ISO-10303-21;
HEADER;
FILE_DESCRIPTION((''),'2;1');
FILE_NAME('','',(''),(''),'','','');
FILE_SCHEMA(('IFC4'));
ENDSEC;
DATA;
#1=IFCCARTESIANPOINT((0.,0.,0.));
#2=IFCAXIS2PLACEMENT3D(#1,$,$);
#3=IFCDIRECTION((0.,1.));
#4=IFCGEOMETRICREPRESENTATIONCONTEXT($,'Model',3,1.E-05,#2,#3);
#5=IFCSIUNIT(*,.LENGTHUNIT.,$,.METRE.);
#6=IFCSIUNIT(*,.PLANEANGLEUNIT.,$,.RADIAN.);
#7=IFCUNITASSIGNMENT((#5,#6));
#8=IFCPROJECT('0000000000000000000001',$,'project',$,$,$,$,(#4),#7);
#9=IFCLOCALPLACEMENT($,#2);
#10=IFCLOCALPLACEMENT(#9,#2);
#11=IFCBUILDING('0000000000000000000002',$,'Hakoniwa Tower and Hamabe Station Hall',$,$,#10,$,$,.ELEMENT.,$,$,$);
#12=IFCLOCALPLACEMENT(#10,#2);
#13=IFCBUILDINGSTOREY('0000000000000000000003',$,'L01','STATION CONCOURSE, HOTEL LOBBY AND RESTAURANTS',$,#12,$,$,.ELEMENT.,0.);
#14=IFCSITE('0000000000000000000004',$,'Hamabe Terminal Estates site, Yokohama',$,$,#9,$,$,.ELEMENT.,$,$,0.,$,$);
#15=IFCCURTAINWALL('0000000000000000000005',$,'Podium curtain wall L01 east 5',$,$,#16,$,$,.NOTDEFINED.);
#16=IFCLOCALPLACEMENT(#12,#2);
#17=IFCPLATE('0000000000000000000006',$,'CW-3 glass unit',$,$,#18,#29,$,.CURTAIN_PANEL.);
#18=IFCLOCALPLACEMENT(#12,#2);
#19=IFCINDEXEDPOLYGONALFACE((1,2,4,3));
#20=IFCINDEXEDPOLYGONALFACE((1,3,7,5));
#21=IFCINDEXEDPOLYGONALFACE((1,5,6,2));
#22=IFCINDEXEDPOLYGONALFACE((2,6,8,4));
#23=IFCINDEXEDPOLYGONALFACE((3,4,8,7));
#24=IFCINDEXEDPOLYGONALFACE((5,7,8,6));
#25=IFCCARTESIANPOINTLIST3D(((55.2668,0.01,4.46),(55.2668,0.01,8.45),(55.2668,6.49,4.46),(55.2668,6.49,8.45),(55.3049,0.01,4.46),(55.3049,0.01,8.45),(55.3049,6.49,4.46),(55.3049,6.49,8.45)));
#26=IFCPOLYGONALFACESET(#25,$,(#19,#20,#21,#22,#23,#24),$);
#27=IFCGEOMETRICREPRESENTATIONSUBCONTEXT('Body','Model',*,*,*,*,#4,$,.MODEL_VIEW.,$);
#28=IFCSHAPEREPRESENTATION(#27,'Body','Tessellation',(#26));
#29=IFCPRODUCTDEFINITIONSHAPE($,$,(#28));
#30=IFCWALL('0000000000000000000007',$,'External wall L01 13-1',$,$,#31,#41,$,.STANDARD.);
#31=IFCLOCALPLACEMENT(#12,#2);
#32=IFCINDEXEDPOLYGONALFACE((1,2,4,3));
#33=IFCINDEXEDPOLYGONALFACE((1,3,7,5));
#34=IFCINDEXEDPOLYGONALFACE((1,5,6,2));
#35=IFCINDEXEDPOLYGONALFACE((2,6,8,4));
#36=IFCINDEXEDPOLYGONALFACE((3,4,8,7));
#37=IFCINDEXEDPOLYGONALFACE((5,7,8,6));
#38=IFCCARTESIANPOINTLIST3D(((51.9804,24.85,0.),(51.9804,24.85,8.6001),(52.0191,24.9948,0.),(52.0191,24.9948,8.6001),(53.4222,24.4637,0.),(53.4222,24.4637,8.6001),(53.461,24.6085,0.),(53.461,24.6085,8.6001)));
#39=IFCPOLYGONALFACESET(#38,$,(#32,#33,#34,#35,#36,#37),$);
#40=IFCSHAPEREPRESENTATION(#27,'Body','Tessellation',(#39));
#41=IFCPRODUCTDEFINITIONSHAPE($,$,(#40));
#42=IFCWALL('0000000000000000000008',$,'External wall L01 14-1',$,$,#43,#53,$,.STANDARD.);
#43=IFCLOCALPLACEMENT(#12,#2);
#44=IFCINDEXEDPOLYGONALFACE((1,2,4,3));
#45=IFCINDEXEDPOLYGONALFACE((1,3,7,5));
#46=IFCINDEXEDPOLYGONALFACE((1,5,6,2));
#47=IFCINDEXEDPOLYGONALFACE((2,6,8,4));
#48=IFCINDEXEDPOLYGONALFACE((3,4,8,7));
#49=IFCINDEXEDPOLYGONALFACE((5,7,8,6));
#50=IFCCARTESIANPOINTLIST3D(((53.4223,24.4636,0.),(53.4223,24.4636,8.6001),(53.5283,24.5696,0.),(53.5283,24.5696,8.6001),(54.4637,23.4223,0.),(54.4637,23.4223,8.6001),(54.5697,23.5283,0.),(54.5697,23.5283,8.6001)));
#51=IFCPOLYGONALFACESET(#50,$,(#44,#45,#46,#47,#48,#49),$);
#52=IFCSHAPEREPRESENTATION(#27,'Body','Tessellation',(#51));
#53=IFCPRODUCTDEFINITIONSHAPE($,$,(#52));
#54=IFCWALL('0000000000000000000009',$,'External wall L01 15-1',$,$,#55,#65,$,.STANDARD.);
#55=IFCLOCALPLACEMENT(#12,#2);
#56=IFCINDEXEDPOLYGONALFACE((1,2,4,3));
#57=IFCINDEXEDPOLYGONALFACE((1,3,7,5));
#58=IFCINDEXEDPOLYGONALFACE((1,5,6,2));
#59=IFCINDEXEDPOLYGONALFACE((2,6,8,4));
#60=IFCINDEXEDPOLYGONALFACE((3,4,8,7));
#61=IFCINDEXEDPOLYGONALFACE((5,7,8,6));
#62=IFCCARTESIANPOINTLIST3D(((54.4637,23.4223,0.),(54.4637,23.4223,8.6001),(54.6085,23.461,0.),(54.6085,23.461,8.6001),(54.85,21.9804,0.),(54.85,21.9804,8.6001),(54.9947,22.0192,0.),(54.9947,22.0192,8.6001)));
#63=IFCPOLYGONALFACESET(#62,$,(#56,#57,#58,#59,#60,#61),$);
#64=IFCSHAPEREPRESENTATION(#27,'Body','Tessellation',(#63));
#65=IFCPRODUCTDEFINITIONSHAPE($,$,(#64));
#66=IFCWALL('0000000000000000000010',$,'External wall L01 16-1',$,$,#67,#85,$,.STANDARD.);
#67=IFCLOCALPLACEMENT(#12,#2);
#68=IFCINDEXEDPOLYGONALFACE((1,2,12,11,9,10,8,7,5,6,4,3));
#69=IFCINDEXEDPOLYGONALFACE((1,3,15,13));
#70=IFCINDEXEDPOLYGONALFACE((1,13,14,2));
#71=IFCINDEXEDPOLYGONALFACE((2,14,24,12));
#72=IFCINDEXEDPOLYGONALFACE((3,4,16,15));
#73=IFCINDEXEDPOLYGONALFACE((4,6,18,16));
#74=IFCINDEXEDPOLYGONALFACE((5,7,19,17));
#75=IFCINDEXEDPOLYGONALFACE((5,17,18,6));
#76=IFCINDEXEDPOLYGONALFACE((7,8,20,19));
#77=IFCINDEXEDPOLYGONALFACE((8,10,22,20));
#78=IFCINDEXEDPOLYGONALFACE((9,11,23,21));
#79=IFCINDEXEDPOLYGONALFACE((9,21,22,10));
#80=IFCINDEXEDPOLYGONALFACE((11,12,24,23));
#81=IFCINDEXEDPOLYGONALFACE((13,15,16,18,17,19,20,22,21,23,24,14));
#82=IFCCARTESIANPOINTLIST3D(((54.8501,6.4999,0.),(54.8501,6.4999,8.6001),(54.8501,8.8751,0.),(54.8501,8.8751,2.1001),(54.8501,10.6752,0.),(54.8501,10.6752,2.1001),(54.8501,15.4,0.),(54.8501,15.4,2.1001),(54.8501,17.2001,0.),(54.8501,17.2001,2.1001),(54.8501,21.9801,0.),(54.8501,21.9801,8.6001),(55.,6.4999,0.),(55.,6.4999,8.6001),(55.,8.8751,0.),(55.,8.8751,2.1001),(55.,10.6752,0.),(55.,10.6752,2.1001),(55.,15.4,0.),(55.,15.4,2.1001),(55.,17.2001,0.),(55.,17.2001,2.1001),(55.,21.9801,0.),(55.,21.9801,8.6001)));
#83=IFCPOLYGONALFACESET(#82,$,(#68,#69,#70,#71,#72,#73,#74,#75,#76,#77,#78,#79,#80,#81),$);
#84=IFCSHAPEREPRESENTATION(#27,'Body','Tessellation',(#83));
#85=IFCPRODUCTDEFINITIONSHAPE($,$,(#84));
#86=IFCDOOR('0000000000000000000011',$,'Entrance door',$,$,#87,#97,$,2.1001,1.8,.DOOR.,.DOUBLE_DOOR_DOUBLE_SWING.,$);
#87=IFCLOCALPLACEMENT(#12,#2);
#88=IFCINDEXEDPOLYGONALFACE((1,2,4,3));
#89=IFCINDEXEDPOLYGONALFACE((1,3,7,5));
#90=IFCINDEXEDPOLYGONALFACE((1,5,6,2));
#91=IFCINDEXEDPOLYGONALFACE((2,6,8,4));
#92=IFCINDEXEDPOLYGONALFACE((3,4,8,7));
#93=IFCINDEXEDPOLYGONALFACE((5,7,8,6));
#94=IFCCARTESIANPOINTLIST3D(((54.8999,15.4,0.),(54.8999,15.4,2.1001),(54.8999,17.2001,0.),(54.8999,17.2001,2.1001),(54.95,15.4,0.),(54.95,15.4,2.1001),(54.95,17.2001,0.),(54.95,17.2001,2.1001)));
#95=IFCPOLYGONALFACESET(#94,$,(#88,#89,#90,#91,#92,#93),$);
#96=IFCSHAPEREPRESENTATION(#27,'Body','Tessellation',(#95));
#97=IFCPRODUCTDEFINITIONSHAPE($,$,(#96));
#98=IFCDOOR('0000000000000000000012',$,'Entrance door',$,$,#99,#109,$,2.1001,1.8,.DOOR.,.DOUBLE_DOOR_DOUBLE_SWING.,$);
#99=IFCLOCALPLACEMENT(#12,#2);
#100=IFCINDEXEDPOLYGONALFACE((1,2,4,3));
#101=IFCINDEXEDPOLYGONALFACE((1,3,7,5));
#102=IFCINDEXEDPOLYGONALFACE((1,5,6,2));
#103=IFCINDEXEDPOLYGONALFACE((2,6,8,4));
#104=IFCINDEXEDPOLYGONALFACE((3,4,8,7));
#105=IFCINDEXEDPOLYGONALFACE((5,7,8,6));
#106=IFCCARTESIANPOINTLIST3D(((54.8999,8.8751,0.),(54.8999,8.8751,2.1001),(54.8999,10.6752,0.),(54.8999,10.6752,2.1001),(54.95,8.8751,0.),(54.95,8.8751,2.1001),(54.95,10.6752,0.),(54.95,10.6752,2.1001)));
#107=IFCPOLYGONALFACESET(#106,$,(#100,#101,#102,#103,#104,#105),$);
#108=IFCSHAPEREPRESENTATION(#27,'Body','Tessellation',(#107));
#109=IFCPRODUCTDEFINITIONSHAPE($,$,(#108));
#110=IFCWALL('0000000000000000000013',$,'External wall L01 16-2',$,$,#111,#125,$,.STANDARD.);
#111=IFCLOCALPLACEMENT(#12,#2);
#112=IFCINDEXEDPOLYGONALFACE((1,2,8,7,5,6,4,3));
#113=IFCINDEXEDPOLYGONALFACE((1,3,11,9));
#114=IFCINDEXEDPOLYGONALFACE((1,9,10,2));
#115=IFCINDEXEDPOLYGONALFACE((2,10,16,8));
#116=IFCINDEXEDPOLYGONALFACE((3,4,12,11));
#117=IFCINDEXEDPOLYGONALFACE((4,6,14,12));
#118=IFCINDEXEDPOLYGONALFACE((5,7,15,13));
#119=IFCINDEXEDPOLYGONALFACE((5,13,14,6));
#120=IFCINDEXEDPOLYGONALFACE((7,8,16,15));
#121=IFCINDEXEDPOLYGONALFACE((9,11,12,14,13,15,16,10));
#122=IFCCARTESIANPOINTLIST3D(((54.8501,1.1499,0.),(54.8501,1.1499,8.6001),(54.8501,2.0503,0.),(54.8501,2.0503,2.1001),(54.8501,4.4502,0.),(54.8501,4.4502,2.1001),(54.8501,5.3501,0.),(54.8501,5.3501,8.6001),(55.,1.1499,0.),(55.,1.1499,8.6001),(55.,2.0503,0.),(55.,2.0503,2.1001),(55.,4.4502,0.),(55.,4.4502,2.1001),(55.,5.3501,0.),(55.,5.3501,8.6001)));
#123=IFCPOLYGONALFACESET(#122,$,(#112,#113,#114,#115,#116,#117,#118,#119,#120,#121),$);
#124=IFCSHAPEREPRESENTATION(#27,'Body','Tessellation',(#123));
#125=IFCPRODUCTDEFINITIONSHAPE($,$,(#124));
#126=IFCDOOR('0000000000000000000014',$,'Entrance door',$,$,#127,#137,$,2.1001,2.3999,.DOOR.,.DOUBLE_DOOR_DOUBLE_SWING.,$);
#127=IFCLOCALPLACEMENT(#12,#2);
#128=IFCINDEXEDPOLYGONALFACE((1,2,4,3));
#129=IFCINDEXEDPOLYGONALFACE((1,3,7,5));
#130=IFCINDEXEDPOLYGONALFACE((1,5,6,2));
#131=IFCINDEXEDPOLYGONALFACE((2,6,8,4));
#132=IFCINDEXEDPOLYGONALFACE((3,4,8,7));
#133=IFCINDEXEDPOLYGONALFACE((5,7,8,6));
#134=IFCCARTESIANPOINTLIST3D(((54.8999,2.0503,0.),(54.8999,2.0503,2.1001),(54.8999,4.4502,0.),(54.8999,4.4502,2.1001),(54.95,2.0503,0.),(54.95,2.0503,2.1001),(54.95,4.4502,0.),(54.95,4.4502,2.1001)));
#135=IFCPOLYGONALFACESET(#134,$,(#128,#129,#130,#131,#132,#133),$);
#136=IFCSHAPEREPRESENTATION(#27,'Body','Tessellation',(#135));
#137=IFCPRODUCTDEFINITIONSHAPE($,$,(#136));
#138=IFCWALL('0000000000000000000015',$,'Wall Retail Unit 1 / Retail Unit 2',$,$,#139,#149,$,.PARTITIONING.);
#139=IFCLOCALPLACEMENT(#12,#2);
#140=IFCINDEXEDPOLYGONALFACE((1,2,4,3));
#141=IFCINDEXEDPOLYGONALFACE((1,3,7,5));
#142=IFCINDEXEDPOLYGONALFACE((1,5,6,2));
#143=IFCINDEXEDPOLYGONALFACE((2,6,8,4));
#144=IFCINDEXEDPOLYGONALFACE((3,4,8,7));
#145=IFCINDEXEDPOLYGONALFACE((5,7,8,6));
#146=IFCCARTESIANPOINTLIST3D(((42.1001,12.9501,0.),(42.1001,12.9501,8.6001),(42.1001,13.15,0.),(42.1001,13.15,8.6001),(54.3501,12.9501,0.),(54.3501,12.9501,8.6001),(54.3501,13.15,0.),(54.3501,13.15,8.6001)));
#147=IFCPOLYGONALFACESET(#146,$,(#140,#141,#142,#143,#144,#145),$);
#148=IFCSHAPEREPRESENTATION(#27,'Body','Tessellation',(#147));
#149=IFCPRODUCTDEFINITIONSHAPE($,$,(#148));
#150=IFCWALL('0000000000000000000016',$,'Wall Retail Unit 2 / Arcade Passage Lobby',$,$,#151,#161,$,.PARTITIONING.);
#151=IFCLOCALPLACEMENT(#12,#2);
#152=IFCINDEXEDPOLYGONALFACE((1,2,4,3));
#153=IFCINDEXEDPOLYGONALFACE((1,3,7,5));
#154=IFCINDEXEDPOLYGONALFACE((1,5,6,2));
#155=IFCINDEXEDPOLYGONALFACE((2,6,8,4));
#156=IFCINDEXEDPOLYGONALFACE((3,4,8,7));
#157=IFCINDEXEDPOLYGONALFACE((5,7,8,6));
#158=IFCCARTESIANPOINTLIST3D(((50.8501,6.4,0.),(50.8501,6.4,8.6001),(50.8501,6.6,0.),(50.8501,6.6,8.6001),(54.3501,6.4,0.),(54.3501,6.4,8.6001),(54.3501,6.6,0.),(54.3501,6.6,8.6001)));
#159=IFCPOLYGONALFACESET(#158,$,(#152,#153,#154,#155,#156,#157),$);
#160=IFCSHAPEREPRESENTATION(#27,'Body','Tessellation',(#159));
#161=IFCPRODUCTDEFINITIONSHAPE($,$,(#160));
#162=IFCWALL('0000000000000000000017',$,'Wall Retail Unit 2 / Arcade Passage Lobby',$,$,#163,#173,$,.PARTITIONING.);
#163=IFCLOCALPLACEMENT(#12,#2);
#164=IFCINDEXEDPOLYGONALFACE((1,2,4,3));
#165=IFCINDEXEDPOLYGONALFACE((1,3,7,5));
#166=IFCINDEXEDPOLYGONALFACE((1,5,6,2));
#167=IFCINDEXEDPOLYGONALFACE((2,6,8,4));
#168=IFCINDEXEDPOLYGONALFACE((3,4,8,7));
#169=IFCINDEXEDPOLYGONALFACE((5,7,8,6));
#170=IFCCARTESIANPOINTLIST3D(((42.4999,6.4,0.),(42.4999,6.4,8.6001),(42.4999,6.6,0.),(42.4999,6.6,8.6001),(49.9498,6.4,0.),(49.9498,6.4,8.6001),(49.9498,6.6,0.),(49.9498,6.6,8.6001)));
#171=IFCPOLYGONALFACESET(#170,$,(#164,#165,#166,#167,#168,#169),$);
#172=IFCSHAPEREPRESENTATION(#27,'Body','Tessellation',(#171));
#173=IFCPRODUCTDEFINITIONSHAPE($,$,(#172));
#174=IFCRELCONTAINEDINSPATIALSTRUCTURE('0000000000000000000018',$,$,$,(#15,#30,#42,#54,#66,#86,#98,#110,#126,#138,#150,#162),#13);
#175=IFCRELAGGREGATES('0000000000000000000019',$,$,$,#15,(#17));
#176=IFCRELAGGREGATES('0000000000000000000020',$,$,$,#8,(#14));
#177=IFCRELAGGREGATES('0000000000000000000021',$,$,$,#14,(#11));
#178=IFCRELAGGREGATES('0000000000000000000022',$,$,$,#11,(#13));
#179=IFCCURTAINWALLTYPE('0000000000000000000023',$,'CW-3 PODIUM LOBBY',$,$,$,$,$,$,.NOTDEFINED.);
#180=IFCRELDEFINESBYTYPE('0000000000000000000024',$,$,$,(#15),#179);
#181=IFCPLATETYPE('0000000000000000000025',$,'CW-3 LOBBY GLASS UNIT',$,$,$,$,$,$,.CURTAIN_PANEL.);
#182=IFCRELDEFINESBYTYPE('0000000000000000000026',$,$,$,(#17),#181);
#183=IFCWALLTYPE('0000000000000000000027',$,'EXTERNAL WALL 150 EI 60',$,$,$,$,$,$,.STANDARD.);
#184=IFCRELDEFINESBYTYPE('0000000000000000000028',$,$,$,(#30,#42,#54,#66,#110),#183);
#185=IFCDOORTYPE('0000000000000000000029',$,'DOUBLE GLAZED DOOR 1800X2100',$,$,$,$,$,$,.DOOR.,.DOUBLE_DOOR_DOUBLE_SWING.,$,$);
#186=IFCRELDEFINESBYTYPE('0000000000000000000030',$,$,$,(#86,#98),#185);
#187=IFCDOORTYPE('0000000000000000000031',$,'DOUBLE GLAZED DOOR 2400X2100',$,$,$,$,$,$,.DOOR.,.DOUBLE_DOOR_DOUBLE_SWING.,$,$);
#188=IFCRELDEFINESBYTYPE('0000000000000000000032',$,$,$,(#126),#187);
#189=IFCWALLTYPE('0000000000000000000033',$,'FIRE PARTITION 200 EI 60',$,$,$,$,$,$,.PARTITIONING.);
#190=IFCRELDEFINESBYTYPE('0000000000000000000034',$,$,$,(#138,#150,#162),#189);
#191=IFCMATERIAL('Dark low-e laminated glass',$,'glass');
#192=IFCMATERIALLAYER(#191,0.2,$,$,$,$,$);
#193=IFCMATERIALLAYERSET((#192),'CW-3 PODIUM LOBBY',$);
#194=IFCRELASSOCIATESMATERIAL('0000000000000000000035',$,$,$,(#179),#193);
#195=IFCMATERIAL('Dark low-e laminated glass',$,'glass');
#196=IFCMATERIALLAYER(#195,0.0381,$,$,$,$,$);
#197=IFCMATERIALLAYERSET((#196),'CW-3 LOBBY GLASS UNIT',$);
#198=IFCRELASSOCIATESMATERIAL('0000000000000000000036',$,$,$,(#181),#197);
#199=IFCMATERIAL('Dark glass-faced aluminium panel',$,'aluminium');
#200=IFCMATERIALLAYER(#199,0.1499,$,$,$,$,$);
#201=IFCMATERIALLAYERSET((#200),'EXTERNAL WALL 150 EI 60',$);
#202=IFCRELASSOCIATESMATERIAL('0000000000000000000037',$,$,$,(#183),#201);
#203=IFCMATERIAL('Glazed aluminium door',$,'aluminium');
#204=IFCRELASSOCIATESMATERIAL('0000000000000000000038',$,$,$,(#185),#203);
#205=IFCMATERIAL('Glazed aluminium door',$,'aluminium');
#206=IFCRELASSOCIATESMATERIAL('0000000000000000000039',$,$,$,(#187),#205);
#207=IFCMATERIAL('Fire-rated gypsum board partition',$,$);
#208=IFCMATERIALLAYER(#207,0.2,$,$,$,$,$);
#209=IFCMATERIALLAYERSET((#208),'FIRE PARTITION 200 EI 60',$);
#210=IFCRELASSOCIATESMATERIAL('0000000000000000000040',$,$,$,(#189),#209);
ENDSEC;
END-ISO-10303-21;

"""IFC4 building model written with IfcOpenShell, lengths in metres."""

from ifc_helpers import new_model, si_unit, direction, frame, frame_2d, origin, origin_2d, place, context, subcontext, project, spatial, rectangle, extrude, material, layer, layer_set, type_object, element, fill, aggregate, save


model = new_model("IFC4")

# Units and contexts
model_context = context("Model", 3, precision=1e-05, world=origin(), true_north=direction((0.0, 1.0)))
body_context = subcontext(model_context, "Body", "Model", "MODEL_VIEW")
ifc_project = project(units=[si_unit("LENGTHUNIT", "METRE"), si_unit("PLANEANGLEUNIT", "RADIAN")], contexts=[model_context])

# Site, building, storey
site_placement = place(None, origin())
site = spatial("IfcSite", under=ifc_project, at=site_placement, Name="Hamabe Terminal Estates site, Yokohama", CompositionType="ELEMENT", RefElevation=0.0)
building_placement = place(site_placement, origin())
building = spatial("IfcBuilding", under=site, at=building_placement, Name="Hakoniwa Tower and Hamabe Station Hall", CompositionType="ELEMENT")
storey_placement = place(building_placement, origin())
storey = spatial("IfcBuildingStorey", under=building, at=storey_placement, Name="L01", Description="STATION CONCOURSE, HOTEL LOBBY AND RESTAURANTS", CompositionType="ELEMENT", Elevation=0.0)

# Curtain wall, plate
ifc_material_1 = material(Name="Dark low-e laminated glass", Category="glass")
ifc_layer_1 = layer(ifc_material_1, 0.2)
ifc_layer_set_1 = layer_set([ifc_layer_1], Name="CW-3 PODIUM LOBBY")
curtain_wall_type = type_object("IfcCurtainWallType", Name="CW-3 PODIUM LOBBY", PredefinedType="NOTDEFINED", material=ifc_layer_set_1)
curtain_wall_placement = place(storey_placement, origin())
curtain_wall = element("IfcCurtainWall", 1, at=curtain_wall_placement, inside=storey, type_object=curtain_wall_type, Name="Podium curtain wall L01 east 5", PredefinedType="NOTDEFINED")
ifc_material_2 = material(Name="Dark low-e laminated glass", Category="glass")
ifc_layer_2 = layer(ifc_material_2, 0.0381)
ifc_layer_set_2 = layer_set([ifc_layer_2], Name="CW-3 LOBBY GLASS UNIT")
plate_type = type_object("IfcPlateType", Name="CW-3 LOBBY GLASS UNIT", PredefinedType="CURTAIN_PANEL", material=ifc_layer_set_2)
plate_1_placement = place(storey_placement, frame((55.2859, 3.25, 4.46), z_axis=(0.0, 0.0, 1.0), x_axis=(0.0, 1.0, 0.0)))
plate_1 = element("IfcPlate", 2, at=plate_1_placement, type_object=plate_type, Name="CW-3 glass unit", PredefinedType="CURTAIN_PANEL", context=body_context, shape_type="SweptSolid", body=[
    extrude(rectangle(XDim=6.48, YDim=0.0381, at=origin_2d()), origin(), (0.0, 0.0, 1.0), 3.99),
])
aggregate(curtain_wall, [plate_1])

# Walls
ifc_material_3 = material(Name="Dark glass-faced aluminium panel", Category="aluminium")
ifc_layer_3 = layer(ifc_material_3, 0.1499)
ifc_layer_set_3 = layer_set([ifc_layer_3], Name="EXTERNAL WALL 150 EI 60")
wall_type_1 = type_object("IfcWallType", Name="EXTERNAL WALL 150 EI 60", PredefinedType="STANDARD", material=ifc_layer_set_3)
wall_1_placement = place(storey_placement, frame((51.9998, 24.9224, 0.0), z_axis=(0.0, 0.0, 1.0), x_axis=(0.965947, -0.258742, 0.0)))
element("IfcWall", 3, at=wall_1_placement, inside=storey, type_object=wall_type_1, Name="External wall L01 13-1", PredefinedType="STANDARD", context=body_context, shape_type="SweptSolid", body=[
    extrude(rectangle(XDim=1.4927, YDim=0.1499, at=frame_2d((0.7463, 0.0))), origin(), (0.0, 0.0, 1.0), 8.6001),
])
wall_2_placement = place(storey_placement, frame((53.4753, 24.5166, 0.0), z_axis=(0.0, 0.0, 1.0), x_axis=(0.707107, -0.707107, 0.0)))
element("IfcWall", 4, at=wall_2_placement, inside=storey, type_object=wall_type_1, Name="External wall L01 14-1", PredefinedType="STANDARD", context=body_context, shape_type="SweptSolid", body=[
    extrude(rectangle(XDim=1.4727, YDim=0.1499, at=frame_2d((0.7363, 0.0))), origin(), (0.0, 0.0, 1.0), 8.6001),
])
wall_3_placement = place(storey_placement, frame((54.5361, 23.4417, 0.0), z_axis=(0.0, 0.0, 1.0), x_axis=(0.258742, -0.965947, 0.0)))
element("IfcWall", 5, at=wall_3_placement, inside=storey, type_object=wall_type_1, Name="External wall L01 15-1", PredefinedType="STANDARD", context=body_context, shape_type="SweptSolid", body=[
    extrude(rectangle(XDim=1.4927, YDim=0.1499, at=frame_2d((0.7463, 0.0))), origin(), (0.0, 0.0, 1.0), 8.6001),
])

# Wall, openings, doors
wall_4_placement = place(storey_placement, frame((54.925, 21.9802, 0.0), z_axis=(0.0, 0.0, 1.0), x_axis=(0.0, -1.0, 0.0)))
wall_4 = element("IfcWall", 6, at=wall_4_placement, inside=storey, type_object=wall_type_1, Name="External wall L01 16-1", PredefinedType="STANDARD", context=body_context, shape_type="SweptSolid", body=[
    extrude(rectangle(XDim=15.4802, YDim=0.1499, at=frame_2d((7.7402, 0.0))), origin(), (0.0, 0.0, 1.0), 8.6001),
])
opening_1_placement = place(wall_4_placement, frame((4.7803, 0.0, 0.0)))
opening_1 = element("IfcOpeningElement", 7, at=opening_1_placement, cuts=wall_4, PredefinedType="OPENING", context=body_context, shape_type="SweptSolid", body=[
    extrude(rectangle(XDim=1.8, YDim=2.1001, at=frame_2d((0.8999, 1.05))), frame((0.0, 0.085, 0.0), z_axis=(0.0, -1.0, 0.0), x_axis=(1.0, 0.0, 0.0)), (0.0, 0.0, 1.0), 0.1699),
])
opening_2_placement = place(wall_4_placement, frame((11.3052, 0.0, 0.0)))
opening_2 = element("IfcOpeningElement", 8, at=opening_2_placement, cuts=wall_4, PredefinedType="OPENING", context=body_context, shape_type="SweptSolid", body=[
    extrude(rectangle(XDim=1.8, YDim=2.1001, at=frame_2d((0.8999, 1.05))), frame((0.0, 0.085, 0.0), z_axis=(0.0, -1.0, 0.0), x_axis=(1.0, 0.0, 0.0)), (0.0, 0.0, 1.0), 0.1699),
])
ifc_material_4 = material(Name="Glazed aluminium door", Category="aluminium")
door_type_1 = type_object("IfcDoorType", Name="DOUBLE GLAZED DOOR 1800X2100", OperationType="DOUBLE_DOOR_DOUBLE_SWING", PredefinedType="DOOR", material=ifc_material_4)
door_1_placement = place(opening_1_placement, origin())
door_1 = element("IfcDoor", 9, at=door_1_placement, inside=storey, type_object=door_type_1, Name="Entrance door", OperationType="DOUBLE_DOOR_DOUBLE_SWING", OverallHeight=2.1001, OverallWidth=1.8, PredefinedType="DOOR", context=body_context, shape_type="SweptSolid", body=[
    extrude(rectangle(XDim=1.8, YDim=2.1001, at=frame_2d((0.8999, 1.05))), frame((0.0, 0.0249, 0.0), z_axis=(0.0, -1.0, 0.0), x_axis=(1.0, 0.0, 0.0)), (0.0, 0.0, 1.0), 0.05),
])
fill(opening_1, door_1)
door_2_placement = place(opening_2_placement, origin())
door_2 = element("IfcDoor", 10, at=door_2_placement, inside=storey, type_object=door_type_1, Name="Entrance door", OperationType="DOUBLE_DOOR_DOUBLE_SWING", OverallHeight=2.1001, OverallWidth=1.8, PredefinedType="DOOR", context=body_context, shape_type="SweptSolid", body=[
    extrude(rectangle(XDim=1.8, YDim=2.1001, at=frame_2d((0.8999, 1.05))), frame((0.0, 0.0249, 0.0), z_axis=(0.0, -1.0, 0.0), x_axis=(1.0, 0.0, 0.0)), (0.0, 0.0, 1.0), 0.05),
])
fill(opening_2, door_2)

# Wall, opening, door
wall_5_placement = place(storey_placement, frame((54.925, 5.3501, 0.0), z_axis=(0.0, 0.0, 1.0), x_axis=(0.0, -1.0, 0.0)))
wall_5 = element("IfcWall", 11, at=wall_5_placement, inside=storey, type_object=wall_type_1, Name="External wall L01 16-2", PredefinedType="STANDARD", context=body_context, shape_type="SweptSolid", body=[
    extrude(rectangle(XDim=4.2002, YDim=0.1499, at=frame_2d((2.1001, 0.0))), origin(), (0.0, 0.0, 1.0), 8.6001),
])
opening_3_placement = place(wall_5_placement, frame((0.8999, 0.0, 0.0)))
opening_3 = element("IfcOpeningElement", 12, at=opening_3_placement, cuts=wall_5, PredefinedType="OPENING", context=body_context, shape_type="SweptSolid", body=[
    extrude(rectangle(XDim=2.3999, YDim=2.1001, at=frame_2d((1.2, 1.05))), frame((0.0, 0.085, 0.0), z_axis=(0.0, -1.0, 0.0), x_axis=(1.0, 0.0, 0.0)), (0.0, 0.0, 1.0), 0.1699),
])
ifc_material_5 = material(Name="Glazed aluminium door", Category="aluminium")
door_type_2 = type_object("IfcDoorType", Name="DOUBLE GLAZED DOOR 2400X2100", OperationType="DOUBLE_DOOR_DOUBLE_SWING", PredefinedType="DOOR", material=ifc_material_5)
door_3_placement = place(opening_3_placement, origin())
door_3 = element("IfcDoor", 13, at=door_3_placement, inside=storey, type_object=door_type_2, Name="Entrance door", OperationType="DOUBLE_DOOR_DOUBLE_SWING", OverallHeight=2.1001, OverallWidth=2.3999, PredefinedType="DOOR", context=body_context, shape_type="SweptSolid", body=[
    extrude(rectangle(XDim=2.3999, YDim=2.1001, at=frame_2d((1.2, 1.05))), frame((0.0, 0.0249, 0.0), z_axis=(0.0, -1.0, 0.0), x_axis=(1.0, 0.0, 0.0)), (0.0, 0.0, 1.0), 0.05),
])
fill(opening_3, door_3)

# Walls
ifc_material_6 = material(Name="Fire-rated gypsum board partition")
ifc_layer_4 = layer(ifc_material_6, 0.2)
ifc_layer_set_4 = layer_set([ifc_layer_4], Name="FIRE PARTITION 200 EI 60")
wall_type_2 = type_object("IfcWallType", Name="FIRE PARTITION 200 EI 60", PredefinedType="PARTITIONING", material=ifc_layer_set_4)
wall_6_placement = place(storey_placement, frame((54.3501, 13.05, 0.0), z_axis=(0.0, 0.0, 1.0), x_axis=(-1.0, 0.0, 0.0)))
element("IfcWall", 14, at=wall_6_placement, inside=storey, type_object=wall_type_2, Name="Wall Retail Unit 1 / Retail Unit 2", PredefinedType="PARTITIONING", context=body_context, shape_type="SweptSolid", body=[
    extrude(rectangle(XDim=12.25, YDim=0.2, at=frame_2d((6.125, 0.0))), origin(), (0.0, 0.0, 1.0), 8.6001),
])
wall_7_placement = place(storey_placement, frame((54.3501, 6.5, 0.0), z_axis=(0.0, 0.0, 1.0), x_axis=(-1.0, 0.0, 0.0)))
element("IfcWall", 15, at=wall_7_placement, inside=storey, type_object=wall_type_2, Name="Wall Retail Unit 2 / Arcade Passage Lobby", PredefinedType="PARTITIONING", context=body_context, shape_type="SweptSolid", body=[
    extrude(rectangle(XDim=3.5, YDim=0.2, at=frame_2d((1.75, 0.0))), origin(), (0.0, 0.0, 1.0), 8.6001),
])
wall_8_placement = place(storey_placement, frame((49.95, 6.5, 0.0), z_axis=(0.0, 0.0, 1.0), x_axis=(-1.0, 0.0, 0.0)))
element("IfcWall", 16, at=wall_8_placement, inside=storey, type_object=wall_type_2, Name="Wall Retail Unit 2 / Arcade Passage Lobby", PredefinedType="PARTITIONING", context=body_context, shape_type="SweptSolid", body=[
    extrude(rectangle(XDim=7.45, YDim=0.2, at=frame_2d((3.7251, 0.0))), origin(), (0.0, 0.0, 1.0), 8.6001),
])

save(model, "model.ifc")
